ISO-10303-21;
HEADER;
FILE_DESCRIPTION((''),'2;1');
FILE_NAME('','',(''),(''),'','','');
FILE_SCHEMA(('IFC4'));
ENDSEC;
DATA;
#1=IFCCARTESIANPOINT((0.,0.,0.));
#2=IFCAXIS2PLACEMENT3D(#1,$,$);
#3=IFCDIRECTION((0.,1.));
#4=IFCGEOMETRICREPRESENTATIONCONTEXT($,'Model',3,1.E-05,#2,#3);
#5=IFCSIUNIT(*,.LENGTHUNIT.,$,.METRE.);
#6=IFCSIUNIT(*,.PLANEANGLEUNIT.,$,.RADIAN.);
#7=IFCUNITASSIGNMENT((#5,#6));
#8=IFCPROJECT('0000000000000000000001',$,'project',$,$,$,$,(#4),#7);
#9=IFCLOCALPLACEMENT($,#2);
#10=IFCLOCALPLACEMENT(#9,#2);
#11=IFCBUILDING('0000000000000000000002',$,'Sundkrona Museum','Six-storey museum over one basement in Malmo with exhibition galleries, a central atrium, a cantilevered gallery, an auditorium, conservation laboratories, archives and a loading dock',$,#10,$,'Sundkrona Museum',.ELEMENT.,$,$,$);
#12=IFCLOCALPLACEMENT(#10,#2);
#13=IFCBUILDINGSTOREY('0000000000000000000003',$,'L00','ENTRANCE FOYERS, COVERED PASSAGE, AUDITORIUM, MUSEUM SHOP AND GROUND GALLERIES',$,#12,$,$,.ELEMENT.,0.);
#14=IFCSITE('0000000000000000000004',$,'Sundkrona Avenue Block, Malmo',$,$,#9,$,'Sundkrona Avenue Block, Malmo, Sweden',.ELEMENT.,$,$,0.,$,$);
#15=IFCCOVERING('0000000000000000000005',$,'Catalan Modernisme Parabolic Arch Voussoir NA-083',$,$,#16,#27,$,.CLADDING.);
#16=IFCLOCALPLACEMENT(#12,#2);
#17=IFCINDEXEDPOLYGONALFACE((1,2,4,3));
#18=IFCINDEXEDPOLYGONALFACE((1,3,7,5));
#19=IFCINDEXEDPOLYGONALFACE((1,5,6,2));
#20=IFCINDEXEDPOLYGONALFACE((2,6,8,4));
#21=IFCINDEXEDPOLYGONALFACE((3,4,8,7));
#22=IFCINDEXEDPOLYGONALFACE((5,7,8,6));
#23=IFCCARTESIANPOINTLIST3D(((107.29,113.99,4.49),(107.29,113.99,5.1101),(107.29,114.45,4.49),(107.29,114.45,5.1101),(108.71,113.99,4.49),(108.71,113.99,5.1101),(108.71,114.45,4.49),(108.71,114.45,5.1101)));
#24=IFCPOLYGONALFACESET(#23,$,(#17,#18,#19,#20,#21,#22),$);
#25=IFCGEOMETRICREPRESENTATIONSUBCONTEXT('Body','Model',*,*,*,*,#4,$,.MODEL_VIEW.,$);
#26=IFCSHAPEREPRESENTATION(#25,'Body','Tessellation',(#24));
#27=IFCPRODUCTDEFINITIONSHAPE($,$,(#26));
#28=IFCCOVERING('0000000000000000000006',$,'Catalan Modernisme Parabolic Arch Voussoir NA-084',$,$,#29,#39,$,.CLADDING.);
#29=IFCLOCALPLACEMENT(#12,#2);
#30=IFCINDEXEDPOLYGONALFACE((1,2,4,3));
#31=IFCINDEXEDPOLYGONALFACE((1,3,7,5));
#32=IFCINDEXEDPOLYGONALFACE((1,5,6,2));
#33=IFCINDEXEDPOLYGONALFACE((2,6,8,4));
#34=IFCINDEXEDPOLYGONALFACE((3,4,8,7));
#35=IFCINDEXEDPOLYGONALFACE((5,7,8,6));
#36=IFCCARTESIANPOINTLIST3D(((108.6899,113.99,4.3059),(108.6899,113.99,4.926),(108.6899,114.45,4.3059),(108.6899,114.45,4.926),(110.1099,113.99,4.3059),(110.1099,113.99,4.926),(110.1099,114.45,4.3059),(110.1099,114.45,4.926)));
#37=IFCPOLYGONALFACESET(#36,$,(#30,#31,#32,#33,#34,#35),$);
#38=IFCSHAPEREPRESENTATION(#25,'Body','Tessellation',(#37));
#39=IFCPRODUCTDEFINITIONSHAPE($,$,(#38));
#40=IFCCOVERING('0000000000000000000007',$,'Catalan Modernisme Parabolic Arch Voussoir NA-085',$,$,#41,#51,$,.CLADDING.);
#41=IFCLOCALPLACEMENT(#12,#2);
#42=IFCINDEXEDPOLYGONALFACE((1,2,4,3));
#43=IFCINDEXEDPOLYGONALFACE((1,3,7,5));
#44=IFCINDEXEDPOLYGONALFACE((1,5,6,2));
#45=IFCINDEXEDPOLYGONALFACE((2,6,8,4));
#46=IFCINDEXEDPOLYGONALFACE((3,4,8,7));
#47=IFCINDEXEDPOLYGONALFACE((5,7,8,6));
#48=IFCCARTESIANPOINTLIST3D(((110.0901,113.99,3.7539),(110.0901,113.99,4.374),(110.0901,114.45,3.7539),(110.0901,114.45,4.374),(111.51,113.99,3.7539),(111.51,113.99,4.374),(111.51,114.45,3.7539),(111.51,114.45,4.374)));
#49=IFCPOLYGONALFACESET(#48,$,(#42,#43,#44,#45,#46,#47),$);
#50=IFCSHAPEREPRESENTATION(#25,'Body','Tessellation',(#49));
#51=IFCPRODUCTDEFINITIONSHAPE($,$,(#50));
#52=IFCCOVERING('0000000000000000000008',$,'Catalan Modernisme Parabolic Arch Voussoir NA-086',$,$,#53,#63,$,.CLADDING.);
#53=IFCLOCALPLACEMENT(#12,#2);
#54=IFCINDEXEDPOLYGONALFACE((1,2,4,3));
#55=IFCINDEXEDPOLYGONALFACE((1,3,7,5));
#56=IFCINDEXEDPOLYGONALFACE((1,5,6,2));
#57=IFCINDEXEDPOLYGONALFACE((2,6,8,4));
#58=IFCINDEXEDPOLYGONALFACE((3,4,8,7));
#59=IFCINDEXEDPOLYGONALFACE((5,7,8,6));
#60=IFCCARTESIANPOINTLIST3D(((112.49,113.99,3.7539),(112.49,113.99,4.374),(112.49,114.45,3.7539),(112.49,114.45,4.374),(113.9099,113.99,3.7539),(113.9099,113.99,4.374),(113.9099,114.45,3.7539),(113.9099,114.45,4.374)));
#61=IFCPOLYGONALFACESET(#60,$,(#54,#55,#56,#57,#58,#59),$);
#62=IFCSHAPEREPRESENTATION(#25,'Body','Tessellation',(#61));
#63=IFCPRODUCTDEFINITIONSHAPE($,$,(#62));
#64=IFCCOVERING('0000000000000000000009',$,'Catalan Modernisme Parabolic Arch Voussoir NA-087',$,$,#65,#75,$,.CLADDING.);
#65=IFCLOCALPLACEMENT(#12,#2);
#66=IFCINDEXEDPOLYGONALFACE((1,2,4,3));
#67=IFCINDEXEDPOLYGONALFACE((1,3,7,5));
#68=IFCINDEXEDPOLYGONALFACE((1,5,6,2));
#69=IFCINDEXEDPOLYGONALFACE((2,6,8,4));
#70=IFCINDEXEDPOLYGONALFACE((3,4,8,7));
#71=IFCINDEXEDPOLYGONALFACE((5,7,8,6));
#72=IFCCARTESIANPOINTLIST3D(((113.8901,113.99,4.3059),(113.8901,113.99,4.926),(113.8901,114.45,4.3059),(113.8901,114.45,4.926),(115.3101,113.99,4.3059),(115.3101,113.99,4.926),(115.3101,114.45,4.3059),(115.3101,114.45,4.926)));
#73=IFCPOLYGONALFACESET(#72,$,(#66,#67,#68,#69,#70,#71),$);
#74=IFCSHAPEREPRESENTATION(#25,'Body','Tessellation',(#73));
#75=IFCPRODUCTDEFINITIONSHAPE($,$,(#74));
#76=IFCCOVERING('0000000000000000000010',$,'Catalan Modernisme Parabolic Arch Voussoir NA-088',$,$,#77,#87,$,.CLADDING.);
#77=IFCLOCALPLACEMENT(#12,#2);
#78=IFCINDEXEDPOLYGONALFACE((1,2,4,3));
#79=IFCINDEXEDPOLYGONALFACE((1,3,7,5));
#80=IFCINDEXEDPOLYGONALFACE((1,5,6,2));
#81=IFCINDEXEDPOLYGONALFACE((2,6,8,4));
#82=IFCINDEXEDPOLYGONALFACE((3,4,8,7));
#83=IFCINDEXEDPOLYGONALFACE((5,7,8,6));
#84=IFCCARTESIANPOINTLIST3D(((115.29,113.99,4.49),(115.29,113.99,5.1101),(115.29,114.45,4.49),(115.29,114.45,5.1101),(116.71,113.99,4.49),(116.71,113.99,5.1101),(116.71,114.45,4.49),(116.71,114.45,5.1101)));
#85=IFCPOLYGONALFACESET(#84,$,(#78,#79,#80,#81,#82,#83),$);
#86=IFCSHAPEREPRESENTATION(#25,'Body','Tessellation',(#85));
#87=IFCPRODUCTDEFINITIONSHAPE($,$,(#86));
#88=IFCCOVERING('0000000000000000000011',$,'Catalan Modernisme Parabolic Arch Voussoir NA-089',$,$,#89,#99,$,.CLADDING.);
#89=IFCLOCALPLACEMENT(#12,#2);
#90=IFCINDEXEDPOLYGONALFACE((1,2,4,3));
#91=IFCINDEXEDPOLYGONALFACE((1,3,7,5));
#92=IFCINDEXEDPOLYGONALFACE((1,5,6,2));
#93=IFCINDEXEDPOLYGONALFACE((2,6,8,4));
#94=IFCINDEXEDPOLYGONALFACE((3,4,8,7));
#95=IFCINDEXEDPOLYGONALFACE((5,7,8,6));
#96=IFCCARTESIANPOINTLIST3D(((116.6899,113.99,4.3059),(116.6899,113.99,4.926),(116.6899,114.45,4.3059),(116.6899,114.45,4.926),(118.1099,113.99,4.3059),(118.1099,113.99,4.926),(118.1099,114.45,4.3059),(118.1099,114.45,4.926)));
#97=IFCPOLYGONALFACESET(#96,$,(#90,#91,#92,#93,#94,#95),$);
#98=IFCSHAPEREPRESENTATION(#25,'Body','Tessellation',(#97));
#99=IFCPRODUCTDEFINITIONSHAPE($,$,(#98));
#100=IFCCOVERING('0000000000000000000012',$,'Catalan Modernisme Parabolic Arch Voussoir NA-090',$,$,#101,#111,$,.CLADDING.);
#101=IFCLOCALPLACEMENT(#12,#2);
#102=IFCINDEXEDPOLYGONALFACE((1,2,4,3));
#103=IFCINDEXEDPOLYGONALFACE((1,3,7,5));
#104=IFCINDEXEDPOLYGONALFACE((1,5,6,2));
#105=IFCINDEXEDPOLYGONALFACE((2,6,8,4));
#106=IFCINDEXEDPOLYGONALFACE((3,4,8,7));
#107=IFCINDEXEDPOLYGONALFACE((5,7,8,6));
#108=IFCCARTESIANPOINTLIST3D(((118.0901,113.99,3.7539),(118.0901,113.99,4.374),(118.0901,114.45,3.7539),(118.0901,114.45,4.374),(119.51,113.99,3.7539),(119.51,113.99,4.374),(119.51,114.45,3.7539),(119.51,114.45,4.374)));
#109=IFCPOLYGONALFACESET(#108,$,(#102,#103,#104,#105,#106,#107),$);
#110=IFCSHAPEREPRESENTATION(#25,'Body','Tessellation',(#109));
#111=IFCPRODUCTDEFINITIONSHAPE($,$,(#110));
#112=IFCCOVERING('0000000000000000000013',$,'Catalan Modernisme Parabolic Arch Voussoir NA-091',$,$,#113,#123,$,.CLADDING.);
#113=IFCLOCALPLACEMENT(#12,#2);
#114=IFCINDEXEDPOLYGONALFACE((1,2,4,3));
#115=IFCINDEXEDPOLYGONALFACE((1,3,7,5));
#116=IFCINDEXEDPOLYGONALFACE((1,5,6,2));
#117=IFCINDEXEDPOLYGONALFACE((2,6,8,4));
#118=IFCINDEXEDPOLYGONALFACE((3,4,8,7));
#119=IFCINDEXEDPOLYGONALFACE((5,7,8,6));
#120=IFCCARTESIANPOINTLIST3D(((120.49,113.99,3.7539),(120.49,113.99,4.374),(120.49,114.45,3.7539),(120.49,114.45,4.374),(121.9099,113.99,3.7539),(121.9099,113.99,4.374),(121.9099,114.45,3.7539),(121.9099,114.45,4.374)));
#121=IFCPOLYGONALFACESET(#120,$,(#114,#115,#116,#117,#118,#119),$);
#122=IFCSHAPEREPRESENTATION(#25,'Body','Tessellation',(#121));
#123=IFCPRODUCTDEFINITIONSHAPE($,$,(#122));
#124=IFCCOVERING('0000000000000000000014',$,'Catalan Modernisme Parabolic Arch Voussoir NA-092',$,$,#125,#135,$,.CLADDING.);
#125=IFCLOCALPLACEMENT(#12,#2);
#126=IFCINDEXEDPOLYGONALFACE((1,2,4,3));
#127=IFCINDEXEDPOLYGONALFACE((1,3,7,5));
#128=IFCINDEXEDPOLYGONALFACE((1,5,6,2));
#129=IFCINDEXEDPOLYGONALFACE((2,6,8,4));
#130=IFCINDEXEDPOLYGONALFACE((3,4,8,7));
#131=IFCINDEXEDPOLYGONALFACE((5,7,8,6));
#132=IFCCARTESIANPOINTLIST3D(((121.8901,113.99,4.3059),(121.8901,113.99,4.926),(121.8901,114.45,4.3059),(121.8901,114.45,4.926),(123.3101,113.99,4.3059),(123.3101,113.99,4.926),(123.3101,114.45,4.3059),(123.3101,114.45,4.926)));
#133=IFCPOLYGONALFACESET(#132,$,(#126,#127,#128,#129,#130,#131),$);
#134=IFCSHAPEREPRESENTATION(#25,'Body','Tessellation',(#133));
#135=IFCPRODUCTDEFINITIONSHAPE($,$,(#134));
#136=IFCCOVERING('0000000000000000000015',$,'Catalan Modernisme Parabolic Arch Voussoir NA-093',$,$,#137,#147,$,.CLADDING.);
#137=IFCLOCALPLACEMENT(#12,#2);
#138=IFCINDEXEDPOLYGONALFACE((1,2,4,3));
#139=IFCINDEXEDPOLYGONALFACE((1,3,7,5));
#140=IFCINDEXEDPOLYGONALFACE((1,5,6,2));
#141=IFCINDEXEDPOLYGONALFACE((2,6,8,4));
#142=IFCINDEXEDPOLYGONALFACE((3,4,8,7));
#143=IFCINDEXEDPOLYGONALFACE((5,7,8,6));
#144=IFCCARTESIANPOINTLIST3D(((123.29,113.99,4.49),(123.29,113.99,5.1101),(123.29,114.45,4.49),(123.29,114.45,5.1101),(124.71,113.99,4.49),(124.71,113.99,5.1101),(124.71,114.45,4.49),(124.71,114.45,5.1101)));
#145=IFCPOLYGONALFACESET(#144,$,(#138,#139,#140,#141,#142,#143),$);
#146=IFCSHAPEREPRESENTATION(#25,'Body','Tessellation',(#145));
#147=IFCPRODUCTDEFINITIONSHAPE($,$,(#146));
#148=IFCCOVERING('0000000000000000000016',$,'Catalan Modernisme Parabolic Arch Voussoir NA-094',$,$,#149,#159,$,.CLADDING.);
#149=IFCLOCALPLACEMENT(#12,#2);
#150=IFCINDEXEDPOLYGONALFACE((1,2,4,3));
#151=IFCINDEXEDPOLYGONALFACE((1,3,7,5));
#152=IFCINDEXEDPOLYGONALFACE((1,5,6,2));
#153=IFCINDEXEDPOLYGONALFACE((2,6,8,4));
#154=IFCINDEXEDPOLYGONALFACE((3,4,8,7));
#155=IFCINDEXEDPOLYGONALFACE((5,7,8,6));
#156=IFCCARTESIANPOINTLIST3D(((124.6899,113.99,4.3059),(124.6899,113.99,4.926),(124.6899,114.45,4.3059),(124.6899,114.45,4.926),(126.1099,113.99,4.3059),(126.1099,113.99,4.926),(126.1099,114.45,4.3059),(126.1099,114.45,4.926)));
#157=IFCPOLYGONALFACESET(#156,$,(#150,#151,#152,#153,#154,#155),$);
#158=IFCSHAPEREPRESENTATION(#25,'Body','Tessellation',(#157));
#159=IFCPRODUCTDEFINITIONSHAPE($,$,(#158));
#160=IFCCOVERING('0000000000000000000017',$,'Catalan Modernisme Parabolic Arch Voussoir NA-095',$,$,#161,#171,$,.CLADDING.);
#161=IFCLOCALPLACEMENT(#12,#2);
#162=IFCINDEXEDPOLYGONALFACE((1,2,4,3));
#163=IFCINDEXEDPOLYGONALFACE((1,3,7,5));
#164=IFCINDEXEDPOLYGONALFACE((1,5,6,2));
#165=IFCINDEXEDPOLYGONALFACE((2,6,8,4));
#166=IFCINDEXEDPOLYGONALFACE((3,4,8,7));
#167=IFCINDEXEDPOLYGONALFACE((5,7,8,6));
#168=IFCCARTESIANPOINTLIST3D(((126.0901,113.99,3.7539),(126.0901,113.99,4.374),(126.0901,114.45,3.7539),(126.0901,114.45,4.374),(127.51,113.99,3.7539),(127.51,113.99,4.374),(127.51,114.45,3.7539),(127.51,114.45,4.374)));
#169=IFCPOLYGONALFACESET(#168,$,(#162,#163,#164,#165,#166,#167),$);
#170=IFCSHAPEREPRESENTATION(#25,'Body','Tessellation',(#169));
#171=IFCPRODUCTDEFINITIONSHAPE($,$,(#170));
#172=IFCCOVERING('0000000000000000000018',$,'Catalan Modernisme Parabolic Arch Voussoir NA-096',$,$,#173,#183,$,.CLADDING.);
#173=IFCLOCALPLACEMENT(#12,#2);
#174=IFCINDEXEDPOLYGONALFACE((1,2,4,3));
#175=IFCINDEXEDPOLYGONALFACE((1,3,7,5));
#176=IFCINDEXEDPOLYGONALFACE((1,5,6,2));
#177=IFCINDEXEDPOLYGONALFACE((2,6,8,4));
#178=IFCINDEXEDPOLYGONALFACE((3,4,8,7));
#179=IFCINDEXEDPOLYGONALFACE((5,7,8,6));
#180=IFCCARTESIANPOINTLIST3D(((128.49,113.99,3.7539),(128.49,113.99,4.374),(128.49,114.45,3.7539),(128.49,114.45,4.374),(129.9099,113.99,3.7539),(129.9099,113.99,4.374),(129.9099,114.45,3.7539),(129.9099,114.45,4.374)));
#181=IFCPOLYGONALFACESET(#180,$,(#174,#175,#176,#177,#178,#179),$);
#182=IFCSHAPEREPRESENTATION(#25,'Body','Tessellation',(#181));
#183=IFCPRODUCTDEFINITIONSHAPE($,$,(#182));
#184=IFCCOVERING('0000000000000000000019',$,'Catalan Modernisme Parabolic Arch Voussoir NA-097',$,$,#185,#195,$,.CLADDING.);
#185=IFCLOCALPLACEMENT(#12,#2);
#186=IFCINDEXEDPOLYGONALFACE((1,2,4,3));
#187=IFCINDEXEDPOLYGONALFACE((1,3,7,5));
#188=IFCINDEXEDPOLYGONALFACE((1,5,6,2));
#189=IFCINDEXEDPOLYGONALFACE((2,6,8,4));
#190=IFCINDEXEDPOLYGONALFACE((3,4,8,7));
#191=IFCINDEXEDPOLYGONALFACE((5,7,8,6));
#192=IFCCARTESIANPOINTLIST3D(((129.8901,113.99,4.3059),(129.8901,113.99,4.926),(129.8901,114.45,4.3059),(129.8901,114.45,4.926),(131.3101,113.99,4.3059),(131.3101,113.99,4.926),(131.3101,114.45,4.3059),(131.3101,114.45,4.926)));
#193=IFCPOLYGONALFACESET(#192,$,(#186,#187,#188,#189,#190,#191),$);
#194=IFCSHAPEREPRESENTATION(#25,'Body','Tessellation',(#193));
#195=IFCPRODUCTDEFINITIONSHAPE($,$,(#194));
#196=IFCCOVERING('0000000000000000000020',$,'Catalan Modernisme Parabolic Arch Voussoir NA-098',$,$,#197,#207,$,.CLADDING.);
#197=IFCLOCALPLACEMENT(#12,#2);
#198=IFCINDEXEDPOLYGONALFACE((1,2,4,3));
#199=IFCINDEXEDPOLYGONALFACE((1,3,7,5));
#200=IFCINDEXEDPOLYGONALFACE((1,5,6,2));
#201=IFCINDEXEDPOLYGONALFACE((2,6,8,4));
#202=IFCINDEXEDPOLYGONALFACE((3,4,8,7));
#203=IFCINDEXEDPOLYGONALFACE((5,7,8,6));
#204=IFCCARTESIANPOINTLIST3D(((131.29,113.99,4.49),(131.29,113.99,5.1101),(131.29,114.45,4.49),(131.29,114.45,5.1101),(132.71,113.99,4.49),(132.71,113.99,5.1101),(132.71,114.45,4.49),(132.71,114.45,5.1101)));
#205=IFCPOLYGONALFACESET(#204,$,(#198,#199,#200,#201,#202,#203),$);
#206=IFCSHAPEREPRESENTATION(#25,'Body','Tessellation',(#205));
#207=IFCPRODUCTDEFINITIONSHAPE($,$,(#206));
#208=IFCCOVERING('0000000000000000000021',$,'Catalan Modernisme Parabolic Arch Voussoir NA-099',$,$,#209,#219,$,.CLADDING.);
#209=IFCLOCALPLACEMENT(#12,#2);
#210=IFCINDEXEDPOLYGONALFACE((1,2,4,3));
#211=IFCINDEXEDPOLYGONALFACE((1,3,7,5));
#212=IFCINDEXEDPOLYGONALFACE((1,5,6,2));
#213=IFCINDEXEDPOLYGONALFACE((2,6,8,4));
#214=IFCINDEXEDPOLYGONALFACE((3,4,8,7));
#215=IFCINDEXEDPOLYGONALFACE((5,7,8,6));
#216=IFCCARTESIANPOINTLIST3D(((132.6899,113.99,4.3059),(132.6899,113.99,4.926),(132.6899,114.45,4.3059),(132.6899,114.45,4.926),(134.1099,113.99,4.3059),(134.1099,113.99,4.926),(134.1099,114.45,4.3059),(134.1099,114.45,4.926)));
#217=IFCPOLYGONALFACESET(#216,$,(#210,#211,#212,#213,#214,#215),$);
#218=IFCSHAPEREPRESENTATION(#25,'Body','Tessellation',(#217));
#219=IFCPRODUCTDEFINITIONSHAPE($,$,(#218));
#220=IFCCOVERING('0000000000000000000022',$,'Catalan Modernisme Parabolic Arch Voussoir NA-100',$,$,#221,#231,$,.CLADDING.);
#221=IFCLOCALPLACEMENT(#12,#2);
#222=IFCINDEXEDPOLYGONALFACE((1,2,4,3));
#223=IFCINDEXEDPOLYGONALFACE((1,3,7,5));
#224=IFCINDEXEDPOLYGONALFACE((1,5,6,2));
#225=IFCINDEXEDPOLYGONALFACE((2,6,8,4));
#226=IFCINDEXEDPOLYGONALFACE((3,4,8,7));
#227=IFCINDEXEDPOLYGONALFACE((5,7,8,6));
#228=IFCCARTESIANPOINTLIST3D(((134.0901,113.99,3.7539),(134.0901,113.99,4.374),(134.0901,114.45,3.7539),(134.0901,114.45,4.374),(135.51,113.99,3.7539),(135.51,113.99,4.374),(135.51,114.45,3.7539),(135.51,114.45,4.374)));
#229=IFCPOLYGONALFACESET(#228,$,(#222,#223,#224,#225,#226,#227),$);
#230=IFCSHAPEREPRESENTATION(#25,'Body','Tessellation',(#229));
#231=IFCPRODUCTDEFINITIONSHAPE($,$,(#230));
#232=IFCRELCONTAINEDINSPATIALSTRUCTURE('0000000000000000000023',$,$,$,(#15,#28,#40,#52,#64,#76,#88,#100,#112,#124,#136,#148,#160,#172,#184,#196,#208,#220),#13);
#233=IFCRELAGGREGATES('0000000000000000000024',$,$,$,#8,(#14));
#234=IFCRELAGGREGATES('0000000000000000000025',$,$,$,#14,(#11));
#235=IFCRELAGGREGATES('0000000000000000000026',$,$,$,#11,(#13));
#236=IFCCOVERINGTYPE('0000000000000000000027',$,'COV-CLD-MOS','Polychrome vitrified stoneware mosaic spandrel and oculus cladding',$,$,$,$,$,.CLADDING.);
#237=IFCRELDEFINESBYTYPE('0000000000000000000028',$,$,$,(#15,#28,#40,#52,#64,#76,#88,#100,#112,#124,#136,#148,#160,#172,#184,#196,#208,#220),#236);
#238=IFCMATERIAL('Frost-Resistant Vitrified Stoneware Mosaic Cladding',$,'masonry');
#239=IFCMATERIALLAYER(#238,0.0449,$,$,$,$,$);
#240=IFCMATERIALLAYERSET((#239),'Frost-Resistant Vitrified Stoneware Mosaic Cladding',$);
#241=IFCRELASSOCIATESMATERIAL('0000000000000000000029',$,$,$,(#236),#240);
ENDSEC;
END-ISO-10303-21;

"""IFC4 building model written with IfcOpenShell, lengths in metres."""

from ifc_helpers import new_model, si_unit, direction, frame, origin, origin_2d, place, context, subcontext, project, spatial, rectangle, extrude, material, layer, layer_set, type_object, element, save


model = new_model("IFC4")

# Units and contexts
model_context = context("Model", 3, precision=1e-05, world=origin(), true_north=direction((0.0, 1.0)))
body_context = subcontext(model_context, "Body", "Model", "MODEL_VIEW")
ifc_project = project(units=[si_unit("LENGTHUNIT", "METRE"), si_unit("PLANEANGLEUNIT", "RADIAN")], contexts=[model_context])

# Site, building, storey
site_placement = place(None, origin())
site = spatial("IfcSite", under=ifc_project, at=site_placement, Name="Sundkrona Avenue Block, Malmo", LongName="Sundkrona Avenue Block, Malmo, Sweden", CompositionType="ELEMENT", RefElevation=0.0)
building_placement = place(site_placement, origin())
building = spatial("IfcBuilding", under=site, at=building_placement, Name="Sundkrona Museum", Description="Six-storey museum over one basement in Malmo with exhibition galleries, a central atrium, a cantilevered gallery, an auditorium, conservation laboratories, archives and a loading dock", LongName="Sundkrona Museum", CompositionType="ELEMENT")
storey_placement = place(building_placement, origin())
storey = spatial("IfcBuildingStorey", under=building, at=storey_placement, Name="L00", Description="ENTRANCE FOYERS, COVERED PASSAGE, AUDITORIUM, MUSEUM SHOP AND GROUND GALLERIES", CompositionType="ELEMENT", Elevation=0.0)

# Coverings
ifc_material_1 = material(Name="Frost-Resistant Vitrified Stoneware Mosaic Cladding", Category="masonry")
ifc_layer_1 = layer(ifc_material_1, 0.0449)
ifc_layer_set_1 = layer_set([ifc_layer_1], Name="Frost-Resistant Vitrified Stoneware Mosaic Cladding")
covering_type = type_object("IfcCoveringType", Name="COV-CLD-MOS", Description="Polychrome vitrified stoneware mosaic spandrel and oculus cladding", PredefinedType="CLADDING", material=ifc_layer_set_1)
for number, where, z_axis, x_axis, name in (
    (1, (108.0, 114.22, 4.49), (0.0, 0.0, 1.0), (1.0, 0.0, 0.0), "Catalan Modernisme Parabolic Arch Voussoir NA-083"),
    (2, (109.3999, 114.22, 4.3059), (0.0, 0.0, 1.0), (1.0, 0.0, 0.0), "Catalan Modernisme Parabolic Arch Voussoir NA-084"),
    (3, (110.8, 114.22, 3.7539), (0.0, 0.0, 1.0), (1.0, 0.0, 0.0), "Catalan Modernisme Parabolic Arch Voussoir NA-085"),
    (4, (113.2, 114.22, 3.7539), (0.0, 0.0, 1.0), (1.0, 0.0, 0.0), "Catalan Modernisme Parabolic Arch Voussoir NA-086"),
    (5, (114.6001, 114.22, 4.3059), (0.0, 0.0, 1.0), (1.0, 0.0, 0.0), "Catalan Modernisme Parabolic Arch Voussoir NA-087"),
    (6, (116.0, 114.22, 4.49), (0.0, 0.0, 1.0), (1.0, 0.0, 0.0), "Catalan Modernisme Parabolic Arch Voussoir NA-088"),
    (7, (117.3999, 114.22, 4.3059), (0.0, 0.0, 1.0), (1.0, 0.0, 0.0), "Catalan Modernisme Parabolic Arch Voussoir NA-089"),
    (8, (118.8, 114.22, 3.7539), (0.0, 0.0, 1.0), (1.0, 0.0, 0.0), "Catalan Modernisme Parabolic Arch Voussoir NA-090"),
    (9, (121.2, 114.22, 3.7539), (0.0, 0.0, 1.0), (1.0, 0.0, 0.0), "Catalan Modernisme Parabolic Arch Voussoir NA-091"),
    (10, (122.6001, 114.22, 4.3059), (0.0, 0.0, 1.0), (1.0, 0.0, 0.0), "Catalan Modernisme Parabolic Arch Voussoir NA-092"),
    (11, (124.0, 114.22, 4.49), (0.0, 0.0, 1.0), (1.0, 0.0, 0.0), "Catalan Modernisme Parabolic Arch Voussoir NA-093"),
    (12, (125.3999, 114.22, 4.3059), (0.0, 0.0, 1.0), (1.0, 0.0, 0.0), "Catalan Modernisme Parabolic Arch Voussoir NA-094"),
    (13, (126.8, 114.22, 3.7539), (0.0, 0.0, 1.0), (1.0, 0.0, 0.0), "Catalan Modernisme Parabolic Arch Voussoir NA-095"),
    (14, (129.2, 114.22, 3.7539), (0.0, 0.0, 1.0), (1.0, 0.0, 0.0), "Catalan Modernisme Parabolic Arch Voussoir NA-096"),
    (15, (130.6001, 114.22, 4.3059), (0.0, 0.0, 1.0), (1.0, 0.0, 0.0), "Catalan Modernisme Parabolic Arch Voussoir NA-097"),
    (16, (132.0, 114.22, 4.49), (0.0, 0.0, 1.0), (1.0, 0.0, 0.0), "Catalan Modernisme Parabolic Arch Voussoir NA-098"),
    (17, (133.3999, 114.22, 4.3059), (0.0, 0.0, 1.0), (1.0, 0.0, 0.0), "Catalan Modernisme Parabolic Arch Voussoir NA-099"),
    (18, (134.8, 114.22, 3.7539), (0.0, 0.0, 1.0), (1.0, 0.0, 0.0), "Catalan Modernisme Parabolic Arch Voussoir NA-100"),
):
    element("IfcCovering", number, at=place(storey_placement, frame(where, z_axis=z_axis, x_axis=x_axis)), inside=storey, type_object=covering_type, Name=name, PredefinedType="CLADDING", context=body_context, shape_type="SweptSolid", body=[
        extrude(rectangle(XDim=1.4199, YDim=0.46, at=origin_2d()), origin(), (0.0, 0.0, 1.0), 0.6201),
    ])

save(model, "model.ifc")
